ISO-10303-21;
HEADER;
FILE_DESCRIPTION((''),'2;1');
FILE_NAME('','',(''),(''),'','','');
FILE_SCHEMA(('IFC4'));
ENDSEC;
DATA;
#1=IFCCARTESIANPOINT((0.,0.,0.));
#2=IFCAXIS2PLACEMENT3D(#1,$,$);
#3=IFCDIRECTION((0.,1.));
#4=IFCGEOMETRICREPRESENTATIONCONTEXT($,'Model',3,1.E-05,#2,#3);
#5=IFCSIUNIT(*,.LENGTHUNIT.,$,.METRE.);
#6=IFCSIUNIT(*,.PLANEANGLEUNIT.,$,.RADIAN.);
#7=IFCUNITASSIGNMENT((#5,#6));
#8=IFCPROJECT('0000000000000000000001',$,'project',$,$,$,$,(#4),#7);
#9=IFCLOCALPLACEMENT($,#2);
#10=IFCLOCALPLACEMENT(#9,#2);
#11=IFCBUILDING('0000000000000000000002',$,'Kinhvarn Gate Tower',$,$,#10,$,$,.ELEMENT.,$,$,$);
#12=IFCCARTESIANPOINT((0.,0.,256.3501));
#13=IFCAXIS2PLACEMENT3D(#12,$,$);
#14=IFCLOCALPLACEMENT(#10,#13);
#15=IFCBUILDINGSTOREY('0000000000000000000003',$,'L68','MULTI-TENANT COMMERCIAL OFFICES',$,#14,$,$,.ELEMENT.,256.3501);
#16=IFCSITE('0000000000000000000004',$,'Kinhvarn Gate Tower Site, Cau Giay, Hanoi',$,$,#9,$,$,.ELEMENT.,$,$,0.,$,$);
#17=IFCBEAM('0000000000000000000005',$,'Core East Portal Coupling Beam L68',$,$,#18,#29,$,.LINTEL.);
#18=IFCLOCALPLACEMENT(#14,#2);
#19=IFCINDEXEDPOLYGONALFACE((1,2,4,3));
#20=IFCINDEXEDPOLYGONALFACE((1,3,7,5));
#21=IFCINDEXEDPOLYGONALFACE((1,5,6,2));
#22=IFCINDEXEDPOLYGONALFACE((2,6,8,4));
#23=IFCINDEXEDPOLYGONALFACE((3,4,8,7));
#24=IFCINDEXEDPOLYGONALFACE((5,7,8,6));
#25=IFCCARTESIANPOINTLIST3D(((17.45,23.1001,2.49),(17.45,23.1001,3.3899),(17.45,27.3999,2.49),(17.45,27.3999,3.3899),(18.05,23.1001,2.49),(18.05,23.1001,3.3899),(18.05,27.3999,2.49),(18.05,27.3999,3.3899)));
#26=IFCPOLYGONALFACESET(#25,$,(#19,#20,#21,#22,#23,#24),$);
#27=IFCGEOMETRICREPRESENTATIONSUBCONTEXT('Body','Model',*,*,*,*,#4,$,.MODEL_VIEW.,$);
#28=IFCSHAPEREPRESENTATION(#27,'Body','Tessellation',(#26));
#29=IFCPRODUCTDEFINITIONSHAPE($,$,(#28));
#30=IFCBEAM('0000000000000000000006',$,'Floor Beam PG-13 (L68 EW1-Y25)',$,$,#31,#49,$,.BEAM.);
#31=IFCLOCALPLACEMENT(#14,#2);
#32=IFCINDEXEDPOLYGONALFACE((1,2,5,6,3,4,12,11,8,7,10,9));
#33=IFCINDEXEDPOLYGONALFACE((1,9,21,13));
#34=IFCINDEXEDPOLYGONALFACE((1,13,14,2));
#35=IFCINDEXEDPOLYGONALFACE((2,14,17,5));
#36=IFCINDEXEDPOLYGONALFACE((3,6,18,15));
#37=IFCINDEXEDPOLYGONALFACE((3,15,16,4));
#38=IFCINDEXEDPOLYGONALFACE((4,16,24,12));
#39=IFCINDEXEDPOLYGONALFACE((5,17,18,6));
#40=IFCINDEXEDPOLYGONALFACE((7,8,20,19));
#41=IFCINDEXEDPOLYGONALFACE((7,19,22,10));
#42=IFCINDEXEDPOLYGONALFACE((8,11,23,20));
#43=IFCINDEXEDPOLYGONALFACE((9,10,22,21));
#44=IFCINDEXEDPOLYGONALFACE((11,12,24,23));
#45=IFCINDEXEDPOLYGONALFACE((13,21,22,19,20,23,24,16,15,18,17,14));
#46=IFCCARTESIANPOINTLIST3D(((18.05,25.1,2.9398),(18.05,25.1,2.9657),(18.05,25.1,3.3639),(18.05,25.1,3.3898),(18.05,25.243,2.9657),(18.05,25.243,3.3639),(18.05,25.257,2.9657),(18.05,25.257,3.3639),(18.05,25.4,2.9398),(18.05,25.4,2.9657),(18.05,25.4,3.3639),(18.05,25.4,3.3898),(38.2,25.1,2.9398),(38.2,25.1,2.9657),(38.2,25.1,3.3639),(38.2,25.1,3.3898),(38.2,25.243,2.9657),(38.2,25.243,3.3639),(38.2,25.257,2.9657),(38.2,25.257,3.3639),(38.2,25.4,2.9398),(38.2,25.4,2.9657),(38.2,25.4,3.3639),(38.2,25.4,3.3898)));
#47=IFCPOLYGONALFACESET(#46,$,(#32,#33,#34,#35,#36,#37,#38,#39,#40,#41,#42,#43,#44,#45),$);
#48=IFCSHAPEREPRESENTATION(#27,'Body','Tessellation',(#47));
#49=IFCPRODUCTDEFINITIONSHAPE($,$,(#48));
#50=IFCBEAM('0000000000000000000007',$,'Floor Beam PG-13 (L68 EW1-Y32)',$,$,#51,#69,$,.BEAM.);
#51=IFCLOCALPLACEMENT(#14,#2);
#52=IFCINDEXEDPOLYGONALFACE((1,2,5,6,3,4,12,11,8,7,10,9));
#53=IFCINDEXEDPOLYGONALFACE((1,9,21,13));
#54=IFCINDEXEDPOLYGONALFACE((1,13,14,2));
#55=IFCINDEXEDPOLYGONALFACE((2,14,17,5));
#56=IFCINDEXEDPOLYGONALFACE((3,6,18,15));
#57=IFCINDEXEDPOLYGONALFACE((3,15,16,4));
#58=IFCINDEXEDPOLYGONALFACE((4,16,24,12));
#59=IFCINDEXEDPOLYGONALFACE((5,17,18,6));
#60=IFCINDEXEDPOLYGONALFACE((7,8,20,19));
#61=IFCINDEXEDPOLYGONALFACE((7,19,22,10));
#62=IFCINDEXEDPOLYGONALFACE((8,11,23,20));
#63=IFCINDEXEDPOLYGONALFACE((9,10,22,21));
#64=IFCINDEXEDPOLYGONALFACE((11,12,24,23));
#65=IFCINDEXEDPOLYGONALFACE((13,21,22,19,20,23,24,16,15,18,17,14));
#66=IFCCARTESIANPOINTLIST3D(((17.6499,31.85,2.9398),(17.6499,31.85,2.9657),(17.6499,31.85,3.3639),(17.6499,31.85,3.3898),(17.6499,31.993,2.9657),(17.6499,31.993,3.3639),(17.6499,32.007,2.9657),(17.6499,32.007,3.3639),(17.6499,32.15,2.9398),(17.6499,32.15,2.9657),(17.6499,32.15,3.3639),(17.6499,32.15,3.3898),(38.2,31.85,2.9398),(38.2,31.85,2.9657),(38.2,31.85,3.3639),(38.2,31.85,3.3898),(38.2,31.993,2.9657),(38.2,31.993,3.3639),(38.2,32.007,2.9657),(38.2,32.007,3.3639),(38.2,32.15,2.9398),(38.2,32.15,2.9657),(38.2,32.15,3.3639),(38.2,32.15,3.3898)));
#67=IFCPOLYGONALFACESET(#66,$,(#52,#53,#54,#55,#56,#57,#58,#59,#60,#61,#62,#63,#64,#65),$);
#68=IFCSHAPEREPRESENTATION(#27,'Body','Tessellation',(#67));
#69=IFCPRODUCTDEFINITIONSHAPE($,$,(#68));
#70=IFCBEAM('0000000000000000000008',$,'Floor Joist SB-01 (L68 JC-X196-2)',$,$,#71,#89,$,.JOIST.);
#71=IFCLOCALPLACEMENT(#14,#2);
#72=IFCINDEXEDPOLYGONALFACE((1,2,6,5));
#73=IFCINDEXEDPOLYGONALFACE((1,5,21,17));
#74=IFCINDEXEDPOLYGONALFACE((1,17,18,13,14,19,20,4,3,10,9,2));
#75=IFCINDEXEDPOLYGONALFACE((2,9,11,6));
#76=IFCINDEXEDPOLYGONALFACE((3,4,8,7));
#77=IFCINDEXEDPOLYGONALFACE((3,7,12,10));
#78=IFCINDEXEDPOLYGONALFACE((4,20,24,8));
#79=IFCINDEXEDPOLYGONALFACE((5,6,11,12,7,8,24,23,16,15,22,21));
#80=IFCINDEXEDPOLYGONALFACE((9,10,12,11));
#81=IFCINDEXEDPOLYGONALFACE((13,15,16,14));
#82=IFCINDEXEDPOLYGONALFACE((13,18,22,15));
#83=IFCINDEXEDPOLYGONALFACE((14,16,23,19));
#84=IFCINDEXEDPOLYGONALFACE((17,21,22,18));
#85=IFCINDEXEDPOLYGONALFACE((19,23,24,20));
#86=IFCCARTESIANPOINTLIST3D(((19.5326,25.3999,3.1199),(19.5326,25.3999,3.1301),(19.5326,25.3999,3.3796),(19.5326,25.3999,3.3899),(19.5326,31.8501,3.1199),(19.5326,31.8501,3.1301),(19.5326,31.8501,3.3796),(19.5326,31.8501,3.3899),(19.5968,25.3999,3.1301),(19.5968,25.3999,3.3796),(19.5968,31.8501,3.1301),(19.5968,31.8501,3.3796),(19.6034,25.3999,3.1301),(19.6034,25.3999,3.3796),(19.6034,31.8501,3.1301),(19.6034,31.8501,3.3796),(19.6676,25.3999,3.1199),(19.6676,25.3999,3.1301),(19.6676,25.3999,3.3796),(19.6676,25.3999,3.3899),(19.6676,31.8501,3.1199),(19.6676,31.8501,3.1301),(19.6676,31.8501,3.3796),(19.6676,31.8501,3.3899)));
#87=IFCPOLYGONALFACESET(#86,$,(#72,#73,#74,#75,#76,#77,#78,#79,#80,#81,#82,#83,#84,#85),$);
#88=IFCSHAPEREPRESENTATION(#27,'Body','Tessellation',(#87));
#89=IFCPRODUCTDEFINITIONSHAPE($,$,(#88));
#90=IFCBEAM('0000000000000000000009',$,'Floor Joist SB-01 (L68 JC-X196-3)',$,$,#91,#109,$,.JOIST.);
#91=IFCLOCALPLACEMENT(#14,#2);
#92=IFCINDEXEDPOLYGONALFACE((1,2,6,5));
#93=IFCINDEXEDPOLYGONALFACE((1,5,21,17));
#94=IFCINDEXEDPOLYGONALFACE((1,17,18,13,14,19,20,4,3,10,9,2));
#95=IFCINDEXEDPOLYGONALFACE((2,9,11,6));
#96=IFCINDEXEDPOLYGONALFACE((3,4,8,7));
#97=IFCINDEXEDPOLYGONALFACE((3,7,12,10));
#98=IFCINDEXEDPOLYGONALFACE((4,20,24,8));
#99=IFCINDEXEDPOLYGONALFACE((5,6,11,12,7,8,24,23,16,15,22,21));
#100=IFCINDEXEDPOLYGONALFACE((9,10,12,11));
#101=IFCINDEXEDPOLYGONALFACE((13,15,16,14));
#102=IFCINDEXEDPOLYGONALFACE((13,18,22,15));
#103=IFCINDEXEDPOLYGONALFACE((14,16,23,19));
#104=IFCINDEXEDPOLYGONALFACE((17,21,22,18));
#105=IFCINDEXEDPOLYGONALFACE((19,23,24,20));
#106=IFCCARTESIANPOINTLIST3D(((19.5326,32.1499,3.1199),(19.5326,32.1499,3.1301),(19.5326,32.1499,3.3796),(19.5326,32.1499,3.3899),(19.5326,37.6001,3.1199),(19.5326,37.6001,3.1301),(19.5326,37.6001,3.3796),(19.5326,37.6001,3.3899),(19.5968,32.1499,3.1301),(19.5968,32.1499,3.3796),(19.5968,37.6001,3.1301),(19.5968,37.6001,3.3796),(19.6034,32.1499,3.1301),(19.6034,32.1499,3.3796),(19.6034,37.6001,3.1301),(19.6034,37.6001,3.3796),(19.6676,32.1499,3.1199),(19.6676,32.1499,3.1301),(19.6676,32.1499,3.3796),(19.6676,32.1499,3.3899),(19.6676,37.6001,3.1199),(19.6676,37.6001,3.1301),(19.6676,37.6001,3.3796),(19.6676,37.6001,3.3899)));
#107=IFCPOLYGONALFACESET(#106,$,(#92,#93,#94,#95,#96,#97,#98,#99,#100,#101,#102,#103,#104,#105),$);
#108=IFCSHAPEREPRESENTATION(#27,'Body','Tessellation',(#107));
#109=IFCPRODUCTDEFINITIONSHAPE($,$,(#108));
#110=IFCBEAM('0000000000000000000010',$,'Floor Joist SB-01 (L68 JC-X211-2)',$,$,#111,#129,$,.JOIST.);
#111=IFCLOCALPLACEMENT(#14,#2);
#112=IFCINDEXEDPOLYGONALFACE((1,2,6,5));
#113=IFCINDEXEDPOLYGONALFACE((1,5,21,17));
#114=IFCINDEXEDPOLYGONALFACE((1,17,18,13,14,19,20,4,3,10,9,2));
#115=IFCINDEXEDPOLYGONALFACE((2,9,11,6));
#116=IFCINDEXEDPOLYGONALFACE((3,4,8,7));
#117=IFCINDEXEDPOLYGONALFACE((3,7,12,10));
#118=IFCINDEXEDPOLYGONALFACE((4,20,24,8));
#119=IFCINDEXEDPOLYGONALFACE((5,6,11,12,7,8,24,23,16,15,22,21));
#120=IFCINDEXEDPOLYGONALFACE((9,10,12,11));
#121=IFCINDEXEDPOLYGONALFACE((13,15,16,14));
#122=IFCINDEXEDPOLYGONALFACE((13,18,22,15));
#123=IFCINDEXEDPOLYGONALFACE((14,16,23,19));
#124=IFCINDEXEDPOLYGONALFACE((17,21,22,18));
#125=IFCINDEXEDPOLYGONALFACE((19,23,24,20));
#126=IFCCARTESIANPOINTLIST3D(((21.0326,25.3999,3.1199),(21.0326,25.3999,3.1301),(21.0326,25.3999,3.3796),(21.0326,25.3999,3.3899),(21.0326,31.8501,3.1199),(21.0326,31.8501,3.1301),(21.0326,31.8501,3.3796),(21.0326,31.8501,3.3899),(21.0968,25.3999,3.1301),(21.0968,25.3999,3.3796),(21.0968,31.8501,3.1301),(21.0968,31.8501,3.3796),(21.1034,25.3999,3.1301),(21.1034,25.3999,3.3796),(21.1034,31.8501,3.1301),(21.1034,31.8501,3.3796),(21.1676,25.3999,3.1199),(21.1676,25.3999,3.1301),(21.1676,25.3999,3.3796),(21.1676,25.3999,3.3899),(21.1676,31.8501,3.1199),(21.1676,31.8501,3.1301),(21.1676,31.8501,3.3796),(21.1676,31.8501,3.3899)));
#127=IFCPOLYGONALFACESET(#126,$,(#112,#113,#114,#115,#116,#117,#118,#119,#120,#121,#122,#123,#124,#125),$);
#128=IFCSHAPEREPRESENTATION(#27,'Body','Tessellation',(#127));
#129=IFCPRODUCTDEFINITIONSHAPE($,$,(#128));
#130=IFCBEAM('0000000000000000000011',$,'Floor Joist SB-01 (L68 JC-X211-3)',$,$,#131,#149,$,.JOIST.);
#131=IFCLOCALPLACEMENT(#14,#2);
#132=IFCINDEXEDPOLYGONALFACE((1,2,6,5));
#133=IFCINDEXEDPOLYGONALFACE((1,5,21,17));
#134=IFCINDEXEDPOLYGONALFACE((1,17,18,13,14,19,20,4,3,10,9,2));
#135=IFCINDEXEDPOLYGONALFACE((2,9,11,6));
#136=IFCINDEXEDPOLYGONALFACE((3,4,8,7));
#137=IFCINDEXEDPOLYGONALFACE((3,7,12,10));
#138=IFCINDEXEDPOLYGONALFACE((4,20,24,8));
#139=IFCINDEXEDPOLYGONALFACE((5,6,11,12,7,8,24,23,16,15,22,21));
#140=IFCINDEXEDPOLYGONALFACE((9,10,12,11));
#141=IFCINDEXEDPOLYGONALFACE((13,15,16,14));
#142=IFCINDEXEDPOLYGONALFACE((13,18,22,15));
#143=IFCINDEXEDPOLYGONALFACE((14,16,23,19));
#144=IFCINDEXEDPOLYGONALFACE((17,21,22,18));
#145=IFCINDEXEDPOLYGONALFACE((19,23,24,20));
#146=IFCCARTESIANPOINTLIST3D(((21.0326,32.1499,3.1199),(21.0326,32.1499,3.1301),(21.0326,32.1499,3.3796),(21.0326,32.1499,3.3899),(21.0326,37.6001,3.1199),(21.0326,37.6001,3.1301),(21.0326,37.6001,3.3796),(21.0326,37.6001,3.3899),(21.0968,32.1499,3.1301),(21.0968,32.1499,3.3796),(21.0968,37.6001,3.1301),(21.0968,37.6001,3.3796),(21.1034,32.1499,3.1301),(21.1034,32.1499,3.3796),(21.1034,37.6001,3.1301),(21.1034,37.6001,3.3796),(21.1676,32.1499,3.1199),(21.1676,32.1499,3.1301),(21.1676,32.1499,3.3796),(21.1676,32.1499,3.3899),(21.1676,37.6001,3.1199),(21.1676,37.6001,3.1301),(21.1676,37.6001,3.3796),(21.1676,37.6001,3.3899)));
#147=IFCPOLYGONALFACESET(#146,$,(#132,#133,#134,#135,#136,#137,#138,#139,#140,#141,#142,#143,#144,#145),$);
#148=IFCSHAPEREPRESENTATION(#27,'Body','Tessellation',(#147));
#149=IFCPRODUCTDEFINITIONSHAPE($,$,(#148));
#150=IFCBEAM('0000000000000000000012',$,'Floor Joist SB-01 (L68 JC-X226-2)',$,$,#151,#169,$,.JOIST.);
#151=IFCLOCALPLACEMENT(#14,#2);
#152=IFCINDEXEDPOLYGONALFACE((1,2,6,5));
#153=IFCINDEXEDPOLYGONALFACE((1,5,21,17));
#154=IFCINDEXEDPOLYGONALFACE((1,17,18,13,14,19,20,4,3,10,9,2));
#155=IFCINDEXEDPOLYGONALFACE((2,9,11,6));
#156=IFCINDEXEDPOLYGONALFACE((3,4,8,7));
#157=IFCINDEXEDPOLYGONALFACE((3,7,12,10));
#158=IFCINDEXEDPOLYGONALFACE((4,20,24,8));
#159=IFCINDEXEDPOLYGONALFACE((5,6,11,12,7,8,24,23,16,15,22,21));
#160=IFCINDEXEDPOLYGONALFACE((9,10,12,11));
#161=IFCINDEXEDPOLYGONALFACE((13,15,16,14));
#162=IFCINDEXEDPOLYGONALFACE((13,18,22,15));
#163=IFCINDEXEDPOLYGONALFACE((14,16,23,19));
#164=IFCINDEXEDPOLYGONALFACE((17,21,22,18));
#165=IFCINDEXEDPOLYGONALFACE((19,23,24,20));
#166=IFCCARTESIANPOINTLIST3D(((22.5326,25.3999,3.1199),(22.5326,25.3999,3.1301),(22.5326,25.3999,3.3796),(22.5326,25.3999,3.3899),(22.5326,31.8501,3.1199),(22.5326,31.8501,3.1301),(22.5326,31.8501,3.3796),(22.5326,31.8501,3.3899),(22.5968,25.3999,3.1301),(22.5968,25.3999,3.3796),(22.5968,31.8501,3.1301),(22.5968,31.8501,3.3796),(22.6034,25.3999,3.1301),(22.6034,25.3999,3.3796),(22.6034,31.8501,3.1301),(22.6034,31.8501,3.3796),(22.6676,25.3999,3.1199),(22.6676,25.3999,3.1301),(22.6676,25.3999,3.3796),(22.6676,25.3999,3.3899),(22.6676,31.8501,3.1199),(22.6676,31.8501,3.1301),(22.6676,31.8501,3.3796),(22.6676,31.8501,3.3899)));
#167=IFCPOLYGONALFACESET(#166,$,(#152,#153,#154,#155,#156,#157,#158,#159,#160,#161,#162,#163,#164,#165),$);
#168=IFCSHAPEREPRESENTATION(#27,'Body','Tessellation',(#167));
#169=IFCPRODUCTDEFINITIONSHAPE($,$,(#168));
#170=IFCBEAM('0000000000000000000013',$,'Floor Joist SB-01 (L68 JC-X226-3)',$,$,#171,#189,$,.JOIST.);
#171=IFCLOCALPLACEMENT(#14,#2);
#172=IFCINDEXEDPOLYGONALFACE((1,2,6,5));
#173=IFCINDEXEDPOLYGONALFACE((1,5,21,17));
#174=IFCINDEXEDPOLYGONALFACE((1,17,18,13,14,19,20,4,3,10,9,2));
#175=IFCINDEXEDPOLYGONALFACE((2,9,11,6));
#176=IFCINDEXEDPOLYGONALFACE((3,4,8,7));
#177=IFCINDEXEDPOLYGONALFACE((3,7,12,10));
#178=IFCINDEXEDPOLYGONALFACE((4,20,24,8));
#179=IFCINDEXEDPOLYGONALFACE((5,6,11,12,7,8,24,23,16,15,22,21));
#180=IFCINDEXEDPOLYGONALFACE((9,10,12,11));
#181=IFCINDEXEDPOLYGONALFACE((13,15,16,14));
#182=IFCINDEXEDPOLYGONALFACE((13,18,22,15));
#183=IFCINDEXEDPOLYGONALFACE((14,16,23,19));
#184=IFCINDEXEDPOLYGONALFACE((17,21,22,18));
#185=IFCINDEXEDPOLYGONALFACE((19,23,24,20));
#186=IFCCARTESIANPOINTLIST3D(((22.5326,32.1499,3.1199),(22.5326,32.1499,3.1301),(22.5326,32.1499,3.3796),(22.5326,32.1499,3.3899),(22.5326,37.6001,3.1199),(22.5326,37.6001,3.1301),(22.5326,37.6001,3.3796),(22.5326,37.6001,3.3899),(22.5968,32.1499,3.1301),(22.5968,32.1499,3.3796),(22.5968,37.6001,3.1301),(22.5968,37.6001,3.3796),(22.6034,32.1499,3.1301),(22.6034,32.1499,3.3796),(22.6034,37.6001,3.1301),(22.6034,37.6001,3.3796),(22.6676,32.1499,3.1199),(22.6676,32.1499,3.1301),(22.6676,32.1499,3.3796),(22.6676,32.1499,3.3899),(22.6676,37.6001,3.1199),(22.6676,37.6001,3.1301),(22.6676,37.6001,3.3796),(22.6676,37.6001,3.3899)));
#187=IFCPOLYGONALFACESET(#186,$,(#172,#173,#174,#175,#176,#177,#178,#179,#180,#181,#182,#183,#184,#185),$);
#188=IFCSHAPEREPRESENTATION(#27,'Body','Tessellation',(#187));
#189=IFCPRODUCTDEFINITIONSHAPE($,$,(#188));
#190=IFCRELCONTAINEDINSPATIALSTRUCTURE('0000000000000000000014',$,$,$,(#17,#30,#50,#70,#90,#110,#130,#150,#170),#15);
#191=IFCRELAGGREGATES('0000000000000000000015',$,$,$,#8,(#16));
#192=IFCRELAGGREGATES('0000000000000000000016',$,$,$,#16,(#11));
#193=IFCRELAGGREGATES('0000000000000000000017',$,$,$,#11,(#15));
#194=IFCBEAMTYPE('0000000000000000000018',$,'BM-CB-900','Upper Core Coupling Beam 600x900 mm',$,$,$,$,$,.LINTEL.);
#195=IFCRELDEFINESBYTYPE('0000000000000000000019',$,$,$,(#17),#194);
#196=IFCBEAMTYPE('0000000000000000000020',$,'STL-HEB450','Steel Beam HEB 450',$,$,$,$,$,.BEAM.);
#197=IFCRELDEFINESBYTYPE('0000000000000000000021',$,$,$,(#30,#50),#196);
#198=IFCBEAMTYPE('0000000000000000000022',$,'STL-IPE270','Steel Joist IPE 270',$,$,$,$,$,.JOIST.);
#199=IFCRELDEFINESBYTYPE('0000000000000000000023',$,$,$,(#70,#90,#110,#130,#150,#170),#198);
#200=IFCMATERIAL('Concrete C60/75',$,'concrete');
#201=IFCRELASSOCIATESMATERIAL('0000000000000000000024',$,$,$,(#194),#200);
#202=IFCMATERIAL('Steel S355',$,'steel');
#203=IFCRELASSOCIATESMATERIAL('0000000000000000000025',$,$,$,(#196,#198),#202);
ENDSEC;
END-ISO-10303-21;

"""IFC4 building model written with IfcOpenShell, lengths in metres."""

from ifc_helpers import new_model, si_unit, direction, frame, origin, origin_2d, place, context, subcontext, project, spatial, rectangle, i_section, extrude, material, material_profile, profile_set, type_object, element, save


model = new_model("IFC4")

# Units and contexts
model_context = context("Model", 3, precision=1e-05, world=origin(), true_north=direction((0.0, 1.0)))
body_context = subcontext(model_context, "Body", "Model", "MODEL_VIEW")
ifc_project = project(units=[si_unit("LENGTHUNIT", "METRE"), si_unit("PLANEANGLEUNIT", "RADIAN")], contexts=[model_context])

# Site, building, storey
site_placement = place(None, origin())
site = spatial("IfcSite", under=ifc_project, at=site_placement, Name="Kinhvarn Gate Tower Site, Cau Giay, Hanoi", CompositionType="ELEMENT", RefElevation=0.0)
building_placement = place(site_placement, origin())
building = spatial("IfcBuilding", under=site, at=building_placement, Name="Kinhvarn Gate Tower", CompositionType="ELEMENT")
storey_placement = place(building_placement, frame((0.0, 0.0, 256.3501)))
storey = spatial("IfcBuildingStorey", under=building, at=storey_placement, Name="L68", Description="MULTI-TENANT COMMERCIAL OFFICES", CompositionType="ELEMENT", Elevation=256.3501)

# Beams
ifc_material_1 = material(Name="Concrete C60/75", Category="concrete")
ifc_material_profile_1 = material_profile(ifc_material_1, rectangle(XDim=0.6001, YDim=0.8999, at=origin_2d()), Name="RC 600x900")
ifc_profile_set_1 = profile_set([ifc_material_profile_1], Name="Concrete C60/75")
beam_type_1 = type_object("IfcBeamType", Name="BM-CB-900", Description="Upper Core Coupling Beam 600x900 mm", PredefinedType="LINTEL", material=ifc_profile_set_1)
beam_1_placement = place(storey_placement, frame((17.75, 23.1001, 2.9399), z_axis=(0.0, 1.0, 0.0), x_axis=(-1.0, 0.0, 0.0)))
element("IfcBeam", 1, at=beam_1_placement, inside=storey, type_object=beam_type_1, Name="Core East Portal Coupling Beam L68", PredefinedType="LINTEL", context=body_context, shape_type="SweptSolid", body=[
    extrude(rectangle(XDim=0.6001, YDim=0.8999, at=origin_2d()), origin(), (0.0, 0.0, 1.0), 4.2998),
])
ifc_material_2 = material(Name="Steel S355", Category="steel")
ifc_material_profile_2 = material_profile(ifc_material_2, i_section(OverallWidth=0.3, OverallDepth=0.45, WebThickness=0.0139, FlangeThickness=0.0259, at=origin_2d()), Name="HEB 450")
ifc_profile_set_2 = profile_set([ifc_material_profile_2], Name="Steel S355")
beam_type_2 = type_object("IfcBeamType", Name="STL-HEB450", Description="Steel Beam HEB 450", PredefinedType="BEAM", material=ifc_profile_set_2)
beam_2_placement = place(storey_placement, frame((18.05, 25.25, 3.1648), z_axis=(1.0, 0.0, 0.0), x_axis=(0.0, 1.0, 0.0)))
element("IfcBeam", 2, at=beam_2_placement, inside=storey, type_object=beam_type_2, Name="Floor Beam PG-13 (L68 EW1-Y25)", PredefinedType="BEAM", context=body_context, shape_type="SweptSolid", body=[
    extrude(i_section(OverallWidth=0.3, OverallDepth=0.45, WebThickness=0.0139, FlangeThickness=0.0259, at=origin_2d()), origin(), (0.0, 0.0, 1.0), 20.1499),
])
beam_3_placement = place(storey_placement, frame((17.6499, 32.0, 3.1648), z_axis=(1.0, 0.0, 0.0), x_axis=(0.0, 1.0, 0.0)))
element("IfcBeam", 3, at=beam_3_placement, inside=storey, type_object=beam_type_2, Name="Floor Beam PG-13 (L68 EW1-Y32)", PredefinedType="BEAM", context=body_context, shape_type="SweptSolid", body=[
    extrude(i_section(OverallWidth=0.3, OverallDepth=0.45, WebThickness=0.0139, FlangeThickness=0.0259, at=origin_2d()), origin(), (0.0, 0.0, 1.0), 20.55),
])
ifc_material_profile_3 = material_profile(ifc_material_2, i_section(OverallWidth=0.135, OverallDepth=0.27, WebThickness=0.0066, FlangeThickness=0.0103, at=origin_2d()), Name="IPE 270")
ifc_profile_set_3 = profile_set([ifc_material_profile_3], Name="Steel S355")
beam_type_3 = type_object("IfcBeamType", Name="STL-IPE270", Description="Steel Joist IPE 270", PredefinedType="JOIST", material=ifc_profile_set_3)
beam_4_placement = place(storey_placement, frame((19.6001, 25.3999, 3.2549), z_axis=(0.0, 1.0, 0.0), x_axis=(-1.0, 0.0, 0.0)))
element("IfcBeam", 4, at=beam_4_placement, inside=storey, type_object=beam_type_3, Name="Floor Joist SB-01 (L68 JC-X196-2)", PredefinedType="JOIST", context=body_context, shape_type="SweptSolid", body=[
    extrude(i_section(OverallWidth=0.135, OverallDepth=0.27, WebThickness=0.0066, FlangeThickness=0.0103, at=origin_2d()), origin(), (0.0, 0.0, 1.0), 6.4502),
])
beam_5_placement = place(storey_placement, frame((19.6001, 32.1499, 3.2549), z_axis=(0.0, 1.0, 0.0), x_axis=(-1.0, 0.0, 0.0)))
element("IfcBeam", 5, at=beam_5_placement, inside=storey, type_object=beam_type_3, Name="Floor Joist SB-01 (L68 JC-X196-3)", PredefinedType="JOIST", context=body_context, shape_type="SweptSolid", body=[
    extrude(i_section(OverallWidth=0.135, OverallDepth=0.27, WebThickness=0.0066, FlangeThickness=0.0103, at=origin_2d()), origin(), (0.0, 0.0, 1.0), 5.4502),
])
beam_6_placement = place(storey_placement, frame((21.1001, 25.3999, 3.2549), z_axis=(0.0, 1.0, 0.0), x_axis=(-1.0, 0.0, 0.0)))
element("IfcBeam", 6, at=beam_6_placement, inside=storey, type_object=beam_type_3, Name="Floor Joist SB-01 (L68 JC-X211-2)", PredefinedType="JOIST", context=body_context, shape_type="SweptSolid", body=[
    extrude(i_section(OverallWidth=0.135, OverallDepth=0.27, WebThickness=0.0066, FlangeThickness=0.0103, at=origin_2d()), origin(), (0.0, 0.0, 1.0), 6.4502),
])
beam_7_placement = place(storey_placement, frame((21.1001, 32.1499, 3.2549), z_axis=(0.0, 1.0, 0.0), x_axis=(-1.0, 0.0, 0.0)))
element("IfcBeam", 7, at=beam_7_placement, inside=storey, type_object=beam_type_3, Name="Floor Joist SB-01 (L68 JC-X211-3)", PredefinedType="JOIST", context=body_context, shape_type="SweptSolid", body=[
    extrude(i_section(OverallWidth=0.135, OverallDepth=0.27, WebThickness=0.0066, FlangeThickness=0.0103, at=origin_2d()), origin(), (0.0, 0.0, 1.0), 5.4502),
])
beam_8_placement = place(storey_placement, frame((22.6001, 25.3999, 3.2549), z_axis=(0.0, 1.0, 0.0), x_axis=(-1.0, 0.0, 0.0)))
element("IfcBeam", 8, at=beam_8_placement, inside=storey, type_object=beam_type_3, Name="Floor Joist SB-01 (L68 JC-X226-2)", PredefinedType="JOIST", context=body_context, shape_type="SweptSolid", body=[
    extrude(i_section(OverallWidth=0.135, OverallDepth=0.27, WebThickness=0.0066, FlangeThickness=0.0103, at=origin_2d()), origin(), (0.0, 0.0, 1.0), 6.4502),
])
beam_9_placement = place(storey_placement, frame((22.6001, 32.1499, 3.2549), z_axis=(0.0, 1.0, 0.0), x_axis=(-1.0, 0.0, 0.0)))
element("IfcBeam", 9, at=beam_9_placement, inside=storey, type_object=beam_type_3, Name="Floor Joist SB-01 (L68 JC-X226-3)", PredefinedType="JOIST", context=body_context, shape_type="SweptSolid", body=[
    extrude(i_section(OverallWidth=0.135, OverallDepth=0.27, WebThickness=0.0066, FlangeThickness=0.0103, at=origin_2d()), origin(), (0.0, 0.0, 1.0), 5.4502),
])

save(model, "model.ifc")
